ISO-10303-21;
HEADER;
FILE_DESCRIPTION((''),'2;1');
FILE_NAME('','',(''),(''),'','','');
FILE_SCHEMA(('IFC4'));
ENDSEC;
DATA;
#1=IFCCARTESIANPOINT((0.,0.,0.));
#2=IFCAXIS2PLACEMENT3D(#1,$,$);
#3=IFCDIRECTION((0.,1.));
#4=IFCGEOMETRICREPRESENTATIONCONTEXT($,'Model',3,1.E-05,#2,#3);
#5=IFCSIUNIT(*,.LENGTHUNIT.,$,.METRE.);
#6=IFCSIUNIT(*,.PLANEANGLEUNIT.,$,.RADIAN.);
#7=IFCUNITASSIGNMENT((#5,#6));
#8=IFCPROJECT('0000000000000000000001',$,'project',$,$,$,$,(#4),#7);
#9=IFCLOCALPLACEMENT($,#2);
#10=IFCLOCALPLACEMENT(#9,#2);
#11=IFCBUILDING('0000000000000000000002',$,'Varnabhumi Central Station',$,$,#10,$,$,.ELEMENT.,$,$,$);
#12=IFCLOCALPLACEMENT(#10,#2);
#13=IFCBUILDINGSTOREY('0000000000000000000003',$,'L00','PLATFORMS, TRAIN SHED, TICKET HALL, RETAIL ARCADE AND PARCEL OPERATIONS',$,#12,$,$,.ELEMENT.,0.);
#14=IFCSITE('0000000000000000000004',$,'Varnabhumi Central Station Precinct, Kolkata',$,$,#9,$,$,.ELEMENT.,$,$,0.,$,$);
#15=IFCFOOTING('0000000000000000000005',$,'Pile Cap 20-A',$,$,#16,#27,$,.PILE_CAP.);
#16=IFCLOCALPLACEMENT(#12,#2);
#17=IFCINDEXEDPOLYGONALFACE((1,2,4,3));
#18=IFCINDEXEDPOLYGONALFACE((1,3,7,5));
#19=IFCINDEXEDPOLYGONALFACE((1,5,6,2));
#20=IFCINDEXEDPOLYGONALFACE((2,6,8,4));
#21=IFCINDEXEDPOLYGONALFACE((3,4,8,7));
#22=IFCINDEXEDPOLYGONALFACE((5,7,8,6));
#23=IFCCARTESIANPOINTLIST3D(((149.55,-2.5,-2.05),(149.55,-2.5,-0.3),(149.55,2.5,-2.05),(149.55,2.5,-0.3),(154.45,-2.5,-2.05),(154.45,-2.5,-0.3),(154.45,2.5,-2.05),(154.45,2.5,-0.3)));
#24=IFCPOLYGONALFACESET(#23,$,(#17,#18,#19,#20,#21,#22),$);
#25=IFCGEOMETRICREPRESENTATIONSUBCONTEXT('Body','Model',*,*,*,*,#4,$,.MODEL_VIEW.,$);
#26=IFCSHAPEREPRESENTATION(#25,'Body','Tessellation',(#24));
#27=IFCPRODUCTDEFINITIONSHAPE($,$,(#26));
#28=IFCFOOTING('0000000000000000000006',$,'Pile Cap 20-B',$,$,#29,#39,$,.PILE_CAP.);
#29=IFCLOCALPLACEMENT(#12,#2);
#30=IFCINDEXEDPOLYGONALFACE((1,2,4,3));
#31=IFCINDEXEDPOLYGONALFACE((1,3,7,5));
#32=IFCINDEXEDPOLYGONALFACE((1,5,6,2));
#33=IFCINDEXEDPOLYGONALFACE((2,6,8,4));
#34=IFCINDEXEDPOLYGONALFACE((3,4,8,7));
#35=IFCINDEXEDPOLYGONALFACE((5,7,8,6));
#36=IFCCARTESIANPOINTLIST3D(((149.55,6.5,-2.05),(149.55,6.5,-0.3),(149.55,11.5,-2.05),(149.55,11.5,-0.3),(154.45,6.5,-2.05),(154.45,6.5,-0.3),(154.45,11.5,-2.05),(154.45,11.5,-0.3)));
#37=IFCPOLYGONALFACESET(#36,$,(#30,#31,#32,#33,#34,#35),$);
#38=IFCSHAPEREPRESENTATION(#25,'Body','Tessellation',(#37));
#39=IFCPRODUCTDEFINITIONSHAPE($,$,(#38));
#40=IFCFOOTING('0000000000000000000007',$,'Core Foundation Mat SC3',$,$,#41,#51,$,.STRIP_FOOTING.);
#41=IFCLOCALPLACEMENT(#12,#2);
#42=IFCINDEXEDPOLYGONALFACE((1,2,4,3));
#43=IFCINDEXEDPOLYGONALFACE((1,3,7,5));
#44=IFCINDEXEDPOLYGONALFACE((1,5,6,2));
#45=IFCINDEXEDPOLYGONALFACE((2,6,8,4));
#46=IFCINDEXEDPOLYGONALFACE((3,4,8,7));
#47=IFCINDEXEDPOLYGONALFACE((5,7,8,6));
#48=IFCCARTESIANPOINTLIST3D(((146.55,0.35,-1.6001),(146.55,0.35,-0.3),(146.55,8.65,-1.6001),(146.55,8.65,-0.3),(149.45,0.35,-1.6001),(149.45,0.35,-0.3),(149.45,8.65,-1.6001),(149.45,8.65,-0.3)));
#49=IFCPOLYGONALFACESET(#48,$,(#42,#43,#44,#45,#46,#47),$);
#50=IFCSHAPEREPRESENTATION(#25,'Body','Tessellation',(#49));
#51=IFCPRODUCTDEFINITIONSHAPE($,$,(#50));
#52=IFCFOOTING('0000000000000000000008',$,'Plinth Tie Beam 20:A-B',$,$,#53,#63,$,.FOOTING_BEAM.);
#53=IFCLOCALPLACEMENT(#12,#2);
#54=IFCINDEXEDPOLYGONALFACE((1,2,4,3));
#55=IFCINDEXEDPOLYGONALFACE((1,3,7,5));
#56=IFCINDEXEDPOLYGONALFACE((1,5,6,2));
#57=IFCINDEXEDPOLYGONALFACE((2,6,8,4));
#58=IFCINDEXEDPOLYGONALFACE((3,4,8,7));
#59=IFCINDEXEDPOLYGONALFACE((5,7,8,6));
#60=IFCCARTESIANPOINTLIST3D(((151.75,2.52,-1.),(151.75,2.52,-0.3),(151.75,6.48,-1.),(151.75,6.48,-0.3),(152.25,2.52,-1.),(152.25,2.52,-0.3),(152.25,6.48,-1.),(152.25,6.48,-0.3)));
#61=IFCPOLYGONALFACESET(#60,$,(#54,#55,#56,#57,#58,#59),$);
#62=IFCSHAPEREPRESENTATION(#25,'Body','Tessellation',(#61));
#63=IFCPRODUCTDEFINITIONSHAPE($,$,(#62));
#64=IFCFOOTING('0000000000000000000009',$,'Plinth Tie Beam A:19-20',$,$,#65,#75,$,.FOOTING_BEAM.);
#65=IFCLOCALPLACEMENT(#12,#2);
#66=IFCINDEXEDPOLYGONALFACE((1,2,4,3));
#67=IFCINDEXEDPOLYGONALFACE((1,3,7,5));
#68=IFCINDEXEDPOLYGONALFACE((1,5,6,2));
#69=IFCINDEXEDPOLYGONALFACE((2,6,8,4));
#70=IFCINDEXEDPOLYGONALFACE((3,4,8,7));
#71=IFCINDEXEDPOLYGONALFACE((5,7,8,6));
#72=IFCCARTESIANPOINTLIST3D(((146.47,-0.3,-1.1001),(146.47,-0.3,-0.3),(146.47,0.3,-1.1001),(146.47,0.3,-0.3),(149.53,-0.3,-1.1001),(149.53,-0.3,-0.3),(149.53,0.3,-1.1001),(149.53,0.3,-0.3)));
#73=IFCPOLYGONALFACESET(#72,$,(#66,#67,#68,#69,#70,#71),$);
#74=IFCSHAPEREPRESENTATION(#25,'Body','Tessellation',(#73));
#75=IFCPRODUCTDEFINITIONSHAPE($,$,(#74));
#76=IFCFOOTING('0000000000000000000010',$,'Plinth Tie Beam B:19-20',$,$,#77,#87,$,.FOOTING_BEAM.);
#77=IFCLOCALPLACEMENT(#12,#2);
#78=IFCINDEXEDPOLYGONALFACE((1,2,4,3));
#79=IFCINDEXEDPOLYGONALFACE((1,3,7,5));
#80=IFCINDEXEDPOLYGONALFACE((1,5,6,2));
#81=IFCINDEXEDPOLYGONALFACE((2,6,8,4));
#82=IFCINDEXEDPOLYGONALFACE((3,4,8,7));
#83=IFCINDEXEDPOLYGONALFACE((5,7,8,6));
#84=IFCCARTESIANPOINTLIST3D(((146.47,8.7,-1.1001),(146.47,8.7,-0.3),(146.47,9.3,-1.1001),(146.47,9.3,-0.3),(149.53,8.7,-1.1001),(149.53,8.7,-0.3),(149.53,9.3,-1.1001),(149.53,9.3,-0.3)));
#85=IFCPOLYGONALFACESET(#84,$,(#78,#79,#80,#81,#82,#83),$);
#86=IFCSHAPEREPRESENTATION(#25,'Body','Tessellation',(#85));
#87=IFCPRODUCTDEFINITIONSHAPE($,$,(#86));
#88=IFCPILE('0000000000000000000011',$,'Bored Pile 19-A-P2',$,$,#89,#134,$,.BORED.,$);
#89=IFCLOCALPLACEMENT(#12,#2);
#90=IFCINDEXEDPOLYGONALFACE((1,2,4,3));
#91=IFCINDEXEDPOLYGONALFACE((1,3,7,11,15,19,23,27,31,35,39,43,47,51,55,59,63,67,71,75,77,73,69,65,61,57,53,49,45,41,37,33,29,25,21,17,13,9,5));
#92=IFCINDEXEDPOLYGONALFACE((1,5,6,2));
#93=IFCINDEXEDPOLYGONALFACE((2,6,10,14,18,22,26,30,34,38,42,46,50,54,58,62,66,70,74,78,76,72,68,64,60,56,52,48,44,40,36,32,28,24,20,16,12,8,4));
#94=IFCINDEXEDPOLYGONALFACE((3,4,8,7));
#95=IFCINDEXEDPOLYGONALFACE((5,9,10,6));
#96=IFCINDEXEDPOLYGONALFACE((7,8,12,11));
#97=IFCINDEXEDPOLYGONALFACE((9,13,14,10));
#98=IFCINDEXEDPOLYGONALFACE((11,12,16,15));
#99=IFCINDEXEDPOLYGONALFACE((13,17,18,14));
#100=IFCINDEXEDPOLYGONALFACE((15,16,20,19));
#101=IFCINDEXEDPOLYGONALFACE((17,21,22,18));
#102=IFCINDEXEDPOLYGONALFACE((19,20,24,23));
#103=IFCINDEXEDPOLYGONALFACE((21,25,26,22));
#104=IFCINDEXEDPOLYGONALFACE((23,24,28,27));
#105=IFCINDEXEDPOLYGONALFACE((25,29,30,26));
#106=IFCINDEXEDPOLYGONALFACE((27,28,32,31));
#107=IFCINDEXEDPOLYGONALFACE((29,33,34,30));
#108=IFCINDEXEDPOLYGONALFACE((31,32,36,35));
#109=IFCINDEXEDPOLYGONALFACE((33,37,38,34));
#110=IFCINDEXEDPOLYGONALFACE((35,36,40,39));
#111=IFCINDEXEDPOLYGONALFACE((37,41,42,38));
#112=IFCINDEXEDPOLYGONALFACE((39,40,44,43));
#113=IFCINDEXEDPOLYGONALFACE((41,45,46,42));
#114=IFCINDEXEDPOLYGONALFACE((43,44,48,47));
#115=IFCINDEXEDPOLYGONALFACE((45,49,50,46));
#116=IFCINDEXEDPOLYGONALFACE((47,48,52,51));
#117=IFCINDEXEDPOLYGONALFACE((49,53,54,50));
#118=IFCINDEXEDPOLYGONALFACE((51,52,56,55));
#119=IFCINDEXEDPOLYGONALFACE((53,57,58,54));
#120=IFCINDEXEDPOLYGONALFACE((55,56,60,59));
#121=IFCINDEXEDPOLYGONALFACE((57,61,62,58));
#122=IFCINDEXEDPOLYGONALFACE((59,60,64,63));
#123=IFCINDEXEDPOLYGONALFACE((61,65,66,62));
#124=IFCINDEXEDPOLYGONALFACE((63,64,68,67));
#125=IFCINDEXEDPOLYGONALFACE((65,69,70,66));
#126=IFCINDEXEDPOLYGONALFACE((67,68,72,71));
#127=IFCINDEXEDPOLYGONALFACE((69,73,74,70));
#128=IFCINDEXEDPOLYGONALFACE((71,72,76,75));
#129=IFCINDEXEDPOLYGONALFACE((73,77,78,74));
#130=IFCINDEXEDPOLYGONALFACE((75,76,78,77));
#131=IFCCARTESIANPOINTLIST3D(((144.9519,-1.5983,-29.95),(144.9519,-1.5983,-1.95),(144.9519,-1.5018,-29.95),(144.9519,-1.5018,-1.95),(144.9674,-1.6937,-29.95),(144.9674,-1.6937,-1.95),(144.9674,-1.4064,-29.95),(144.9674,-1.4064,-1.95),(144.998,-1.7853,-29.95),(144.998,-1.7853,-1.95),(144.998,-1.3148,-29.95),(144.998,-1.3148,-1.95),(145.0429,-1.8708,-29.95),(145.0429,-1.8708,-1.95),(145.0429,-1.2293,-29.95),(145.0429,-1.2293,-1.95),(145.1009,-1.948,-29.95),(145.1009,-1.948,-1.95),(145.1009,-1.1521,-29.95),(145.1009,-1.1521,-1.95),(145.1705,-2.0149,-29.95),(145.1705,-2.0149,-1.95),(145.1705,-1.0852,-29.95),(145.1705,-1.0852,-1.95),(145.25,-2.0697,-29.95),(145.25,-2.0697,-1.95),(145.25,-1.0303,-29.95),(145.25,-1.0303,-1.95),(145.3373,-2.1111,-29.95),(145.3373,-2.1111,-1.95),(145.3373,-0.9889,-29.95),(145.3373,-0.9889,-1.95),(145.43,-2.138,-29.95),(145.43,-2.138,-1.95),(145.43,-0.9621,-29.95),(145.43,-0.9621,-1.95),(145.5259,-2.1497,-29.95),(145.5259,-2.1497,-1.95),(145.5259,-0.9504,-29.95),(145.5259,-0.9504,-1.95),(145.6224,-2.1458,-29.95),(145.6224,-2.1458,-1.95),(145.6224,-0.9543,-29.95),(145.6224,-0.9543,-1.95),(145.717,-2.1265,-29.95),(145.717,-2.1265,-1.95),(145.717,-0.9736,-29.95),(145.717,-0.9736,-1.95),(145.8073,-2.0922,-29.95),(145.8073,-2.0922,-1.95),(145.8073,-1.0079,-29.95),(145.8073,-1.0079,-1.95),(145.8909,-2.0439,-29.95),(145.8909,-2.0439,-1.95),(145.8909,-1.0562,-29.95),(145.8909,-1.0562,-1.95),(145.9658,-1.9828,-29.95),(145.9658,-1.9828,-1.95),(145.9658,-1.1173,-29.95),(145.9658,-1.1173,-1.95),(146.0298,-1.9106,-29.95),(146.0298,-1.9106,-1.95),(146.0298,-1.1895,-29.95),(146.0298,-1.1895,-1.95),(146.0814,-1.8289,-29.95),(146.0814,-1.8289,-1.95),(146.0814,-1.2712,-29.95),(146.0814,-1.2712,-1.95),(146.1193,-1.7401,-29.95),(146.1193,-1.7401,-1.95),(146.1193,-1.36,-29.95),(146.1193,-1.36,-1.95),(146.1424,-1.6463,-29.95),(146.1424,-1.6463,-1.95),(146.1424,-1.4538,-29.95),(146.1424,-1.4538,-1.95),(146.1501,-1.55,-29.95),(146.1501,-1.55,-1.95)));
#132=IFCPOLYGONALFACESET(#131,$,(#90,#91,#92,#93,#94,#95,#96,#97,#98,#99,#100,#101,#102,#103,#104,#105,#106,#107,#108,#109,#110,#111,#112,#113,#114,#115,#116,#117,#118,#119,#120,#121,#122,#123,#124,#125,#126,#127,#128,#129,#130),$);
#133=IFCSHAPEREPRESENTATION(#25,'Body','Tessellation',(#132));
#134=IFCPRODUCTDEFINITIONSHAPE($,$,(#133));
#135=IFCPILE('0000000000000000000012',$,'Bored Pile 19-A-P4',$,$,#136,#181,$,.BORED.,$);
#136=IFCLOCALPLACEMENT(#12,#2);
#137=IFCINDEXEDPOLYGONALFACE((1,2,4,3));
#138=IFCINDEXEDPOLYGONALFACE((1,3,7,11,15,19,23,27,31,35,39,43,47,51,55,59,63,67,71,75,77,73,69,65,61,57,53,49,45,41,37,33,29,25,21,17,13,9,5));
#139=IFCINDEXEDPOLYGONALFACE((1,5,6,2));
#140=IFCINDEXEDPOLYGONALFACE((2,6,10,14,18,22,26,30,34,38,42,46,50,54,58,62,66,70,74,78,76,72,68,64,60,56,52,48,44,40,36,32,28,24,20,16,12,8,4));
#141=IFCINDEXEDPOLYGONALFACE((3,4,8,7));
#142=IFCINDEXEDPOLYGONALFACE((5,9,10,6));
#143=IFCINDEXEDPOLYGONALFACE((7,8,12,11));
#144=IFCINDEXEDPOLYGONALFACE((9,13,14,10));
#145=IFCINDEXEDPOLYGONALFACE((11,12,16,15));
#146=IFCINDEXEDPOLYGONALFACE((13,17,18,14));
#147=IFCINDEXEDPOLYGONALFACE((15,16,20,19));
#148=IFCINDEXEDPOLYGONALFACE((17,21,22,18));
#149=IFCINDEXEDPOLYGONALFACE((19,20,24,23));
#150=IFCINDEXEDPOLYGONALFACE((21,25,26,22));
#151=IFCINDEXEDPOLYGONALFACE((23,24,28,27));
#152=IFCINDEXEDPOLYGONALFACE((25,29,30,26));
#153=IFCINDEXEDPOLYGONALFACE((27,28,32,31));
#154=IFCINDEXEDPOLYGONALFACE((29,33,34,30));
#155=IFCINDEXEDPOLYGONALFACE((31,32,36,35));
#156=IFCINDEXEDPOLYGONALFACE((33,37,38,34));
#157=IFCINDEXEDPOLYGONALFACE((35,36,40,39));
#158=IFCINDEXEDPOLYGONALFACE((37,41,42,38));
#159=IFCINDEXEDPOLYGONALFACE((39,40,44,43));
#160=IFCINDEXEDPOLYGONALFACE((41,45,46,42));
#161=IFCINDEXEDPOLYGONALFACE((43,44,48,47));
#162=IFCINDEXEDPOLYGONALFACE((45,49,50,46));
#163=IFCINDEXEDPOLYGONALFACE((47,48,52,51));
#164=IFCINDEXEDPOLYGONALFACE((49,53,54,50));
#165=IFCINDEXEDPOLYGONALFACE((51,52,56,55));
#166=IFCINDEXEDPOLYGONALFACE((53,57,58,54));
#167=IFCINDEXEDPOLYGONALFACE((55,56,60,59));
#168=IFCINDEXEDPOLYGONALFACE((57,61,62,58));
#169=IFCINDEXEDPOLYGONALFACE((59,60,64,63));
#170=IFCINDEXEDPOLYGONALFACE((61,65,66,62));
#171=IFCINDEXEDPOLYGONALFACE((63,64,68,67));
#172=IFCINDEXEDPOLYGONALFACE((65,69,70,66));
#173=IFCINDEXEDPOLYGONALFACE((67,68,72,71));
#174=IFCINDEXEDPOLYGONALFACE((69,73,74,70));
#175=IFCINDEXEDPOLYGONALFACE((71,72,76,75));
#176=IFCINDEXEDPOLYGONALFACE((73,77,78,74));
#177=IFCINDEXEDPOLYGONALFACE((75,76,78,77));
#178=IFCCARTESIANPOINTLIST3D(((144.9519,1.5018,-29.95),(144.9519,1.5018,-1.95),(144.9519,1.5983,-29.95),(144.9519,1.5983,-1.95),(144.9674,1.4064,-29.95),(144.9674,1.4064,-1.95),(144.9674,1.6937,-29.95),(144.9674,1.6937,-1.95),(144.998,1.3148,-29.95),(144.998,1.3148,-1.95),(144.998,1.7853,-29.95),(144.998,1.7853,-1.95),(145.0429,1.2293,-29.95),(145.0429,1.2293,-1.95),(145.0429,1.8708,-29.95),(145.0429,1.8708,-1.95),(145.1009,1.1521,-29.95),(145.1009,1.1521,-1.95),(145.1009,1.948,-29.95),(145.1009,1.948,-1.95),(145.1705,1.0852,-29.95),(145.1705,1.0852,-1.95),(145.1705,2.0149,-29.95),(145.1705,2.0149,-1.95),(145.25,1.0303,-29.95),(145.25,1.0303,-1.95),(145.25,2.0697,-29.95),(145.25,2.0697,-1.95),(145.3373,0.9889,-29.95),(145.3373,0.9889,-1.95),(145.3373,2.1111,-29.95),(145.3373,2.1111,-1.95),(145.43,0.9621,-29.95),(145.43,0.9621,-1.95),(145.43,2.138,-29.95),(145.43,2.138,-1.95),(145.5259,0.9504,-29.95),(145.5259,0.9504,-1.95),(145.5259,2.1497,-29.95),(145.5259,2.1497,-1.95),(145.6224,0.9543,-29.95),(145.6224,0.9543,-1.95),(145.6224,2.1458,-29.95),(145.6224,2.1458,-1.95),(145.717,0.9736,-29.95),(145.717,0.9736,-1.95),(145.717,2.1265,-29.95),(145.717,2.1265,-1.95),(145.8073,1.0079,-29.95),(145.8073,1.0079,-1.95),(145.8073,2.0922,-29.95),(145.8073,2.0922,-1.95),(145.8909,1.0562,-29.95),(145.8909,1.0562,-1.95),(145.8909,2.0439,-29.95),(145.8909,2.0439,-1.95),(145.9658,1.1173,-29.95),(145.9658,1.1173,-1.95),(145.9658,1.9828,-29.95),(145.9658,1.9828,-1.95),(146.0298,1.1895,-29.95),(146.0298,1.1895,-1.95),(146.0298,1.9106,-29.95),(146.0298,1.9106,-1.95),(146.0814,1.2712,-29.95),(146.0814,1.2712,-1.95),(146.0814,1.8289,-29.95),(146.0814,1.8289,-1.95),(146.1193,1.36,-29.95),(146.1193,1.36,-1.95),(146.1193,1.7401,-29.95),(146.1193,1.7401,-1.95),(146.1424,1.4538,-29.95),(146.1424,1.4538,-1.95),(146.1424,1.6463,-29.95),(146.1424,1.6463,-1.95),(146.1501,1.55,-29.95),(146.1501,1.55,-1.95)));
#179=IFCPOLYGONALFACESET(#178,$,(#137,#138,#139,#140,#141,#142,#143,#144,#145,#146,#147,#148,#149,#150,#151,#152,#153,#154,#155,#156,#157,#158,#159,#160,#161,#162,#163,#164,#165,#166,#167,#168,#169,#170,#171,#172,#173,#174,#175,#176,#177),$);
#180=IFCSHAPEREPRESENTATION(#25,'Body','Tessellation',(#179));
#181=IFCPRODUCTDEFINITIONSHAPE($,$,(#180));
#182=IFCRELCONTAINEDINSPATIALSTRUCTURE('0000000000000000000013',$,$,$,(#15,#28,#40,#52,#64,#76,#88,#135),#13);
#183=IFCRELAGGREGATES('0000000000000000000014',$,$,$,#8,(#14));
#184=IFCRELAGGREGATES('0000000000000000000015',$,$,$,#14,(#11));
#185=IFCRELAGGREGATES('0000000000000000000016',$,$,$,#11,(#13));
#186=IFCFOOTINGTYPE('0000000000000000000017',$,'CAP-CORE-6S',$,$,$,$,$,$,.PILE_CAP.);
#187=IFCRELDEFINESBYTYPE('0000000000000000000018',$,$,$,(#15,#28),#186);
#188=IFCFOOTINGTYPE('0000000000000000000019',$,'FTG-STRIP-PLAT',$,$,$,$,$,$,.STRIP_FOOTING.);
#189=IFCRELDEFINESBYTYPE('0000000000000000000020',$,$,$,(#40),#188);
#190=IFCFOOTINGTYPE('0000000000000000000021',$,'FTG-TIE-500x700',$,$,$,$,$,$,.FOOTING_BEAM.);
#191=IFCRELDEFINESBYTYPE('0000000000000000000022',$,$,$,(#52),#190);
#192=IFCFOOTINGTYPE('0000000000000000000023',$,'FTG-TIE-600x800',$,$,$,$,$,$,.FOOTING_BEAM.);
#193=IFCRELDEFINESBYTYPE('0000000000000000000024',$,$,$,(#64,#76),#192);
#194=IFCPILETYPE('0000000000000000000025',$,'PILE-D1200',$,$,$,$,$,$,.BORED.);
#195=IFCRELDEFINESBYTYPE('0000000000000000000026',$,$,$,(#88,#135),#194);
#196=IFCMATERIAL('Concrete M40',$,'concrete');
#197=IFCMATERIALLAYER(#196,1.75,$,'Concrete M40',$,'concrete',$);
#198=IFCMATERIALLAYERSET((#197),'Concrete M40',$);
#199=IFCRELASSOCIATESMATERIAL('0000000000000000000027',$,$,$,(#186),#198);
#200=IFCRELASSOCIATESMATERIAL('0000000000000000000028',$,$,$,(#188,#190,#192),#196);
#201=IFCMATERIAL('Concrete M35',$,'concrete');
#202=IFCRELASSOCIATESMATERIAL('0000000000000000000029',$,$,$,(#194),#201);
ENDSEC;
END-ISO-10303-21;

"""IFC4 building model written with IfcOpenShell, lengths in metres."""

from ifc_helpers import new_model, si_unit, direction, frame, origin, origin_2d, place, context, subcontext, project, spatial, rectangle, circle, extrude, material, layer, layer_set, material_profile, profile_set, type_object, element, save


model = new_model("IFC4")

# Units and contexts
model_context = context("Model", 3, precision=1e-05, world=origin(), true_north=direction((0.0, 1.0)))
body_context = subcontext(model_context, "Body", "Model", "MODEL_VIEW")
ifc_project = project(units=[si_unit("LENGTHUNIT", "METRE"), si_unit("PLANEANGLEUNIT", "RADIAN")], contexts=[model_context])

# Site, building, storey
site_placement = place(None, origin())
site = spatial("IfcSite", under=ifc_project, at=site_placement, Name="Varnabhumi Central Station Precinct, Kolkata", CompositionType="ELEMENT", RefElevation=0.0)
building_placement = place(site_placement, origin())
building = spatial("IfcBuilding", under=site, at=building_placement, Name="Varnabhumi Central Station", CompositionType="ELEMENT")
storey_placement = place(building_placement, origin())
storey = spatial("IfcBuildingStorey", under=building, at=storey_placement, Name="L00", Description="PLATFORMS, TRAIN SHED, TICKET HALL, RETAIL ARCADE AND PARCEL OPERATIONS", CompositionType="ELEMENT", Elevation=0.0)

# Footings
ifc_material_1 = material(Name="Concrete M40", Category="concrete")
ifc_layer_1 = layer(ifc_material_1, 1.75, Name="Concrete M40", Category="concrete")
ifc_layer_set_1 = layer_set([ifc_layer_1], Name="Concrete M40")
footing_type_1 = type_object("IfcFootingType", Name="CAP-CORE-6S", PredefinedType="PILE_CAP", material=ifc_layer_set_1)
for number, where, z_axis, x_axis, name in (
    (1, (152.0, 0.0, -2.05), (0.0, 0.0, 1.0), (1.0, 0.0, 0.0), "Pile Cap 20-A"),
    (2, (152.0, 9.0, -2.05), (0.0, 0.0, 1.0), (1.0, 0.0, 0.0), "Pile Cap 20-B"),
):
    element("IfcFooting", number, at=place(storey_placement, frame(where, z_axis=z_axis, x_axis=x_axis)), inside=storey, type_object=footing_type_1, Name=name, PredefinedType="PILE_CAP", context=body_context, shape_type="SweptSolid", body=[
        extrude(rectangle(XDim=4.8999, YDim=5.0, at=origin_2d()), origin(), (0.0, 0.0, 1.0), 1.75),
    ])
footing_type_2 = type_object("IfcFootingType", Name="FTG-STRIP-PLAT", PredefinedType="STRIP_FOOTING", material=ifc_material_1)
footing_1_placement = place(storey_placement, frame((148.0, 4.5, -1.6001), z_axis=(0.0, 0.0, 1.0), x_axis=(1.0, 0.0, 0.0)))
element("IfcFooting", 3, at=footing_1_placement, inside=storey, type_object=footing_type_2, Name="Core Foundation Mat SC3", PredefinedType="STRIP_FOOTING", context=body_context, shape_type="SweptSolid", body=[
    extrude(rectangle(XDim=2.8999, YDim=8.3, at=origin_2d()), origin(), (0.0, 0.0, 1.0), 1.3),
])
footing_type_3 = type_object("IfcFootingType", Name="FTG-TIE-500x700", PredefinedType="FOOTING_BEAM", material=ifc_material_1)
footing_2_placement = place(storey_placement, frame((152.0, 4.5, -1.0), z_axis=(0.0, 0.0, 1.0), x_axis=(1.0, 0.0, 0.0)))
element("IfcFooting", 4, at=footing_2_placement, inside=storey, type_object=footing_type_3, Name="Plinth Tie Beam 20:A-B", PredefinedType="FOOTING_BEAM", context=body_context, shape_type="SweptSolid", body=[
    extrude(rectangle(XDim=0.5, YDim=3.96, at=origin_2d()), origin(), (0.0, 0.0, 1.0), 0.7),
])
footing_type_4 = type_object("IfcFootingType", Name="FTG-TIE-600x800", PredefinedType="FOOTING_BEAM", material=ifc_material_1)
for number, where, z_axis, x_axis, name in (
    (5, (148.0, 0.0, -1.1001), (0.0, 0.0, 1.0), (1.0, 0.0, 0.0), "Plinth Tie Beam A:19-20"),
    (6, (148.0, 9.0, -1.1001), (0.0, 0.0, 1.0), (1.0, 0.0, 0.0), "Plinth Tie Beam B:19-20"),
):
    element("IfcFooting", number, at=place(storey_placement, frame(where, z_axis=z_axis, x_axis=x_axis)), inside=storey, type_object=footing_type_4, Name=name, PredefinedType="FOOTING_BEAM", context=body_context, shape_type="SweptSolid", body=[
        extrude(rectangle(XDim=3.0601, YDim=0.6001, at=origin_2d()), origin(), (0.0, 0.0, 1.0), 0.8),
    ])

# Piles
ifc_material_2 = material(Name="Concrete M35", Category="concrete")
ifc_material_profile_1 = material_profile(ifc_material_2, circle(Radius=0.6001, at=origin_2d()), Name="Concrete M35", Category="concrete")
ifc_profile_set_1 = profile_set([ifc_material_profile_1], Name="Concrete M35")
pile_type = type_object("IfcPileType", Name="PILE-D1200", PredefinedType="BORED", material=ifc_profile_set_1)
for number, where, z_axis, x_axis, name in (
    (7, (145.55, -1.55, -1.95), (0.0, 0.0, -1.0), (1.0, 0.0, 0.0), "Bored Pile 19-A-P2"),
    (8, (145.55, 1.55, -1.95), (0.0, 0.0, -1.0), (1.0, 0.0, 0.0), "Bored Pile 19-A-P4"),
):
    element("IfcPile", number, at=place(storey_placement, frame(where, z_axis=z_axis, x_axis=x_axis)), inside=storey, type_object=pile_type, Name=name, PredefinedType="BORED", context=body_context, shape_type="SweptSolid", body=[
        extrude(circle(Radius=0.6001, at=origin_2d()), origin(), (0.0, 0.0, 1.0), 28.0),
    ])

save(model, "model.ifc")
